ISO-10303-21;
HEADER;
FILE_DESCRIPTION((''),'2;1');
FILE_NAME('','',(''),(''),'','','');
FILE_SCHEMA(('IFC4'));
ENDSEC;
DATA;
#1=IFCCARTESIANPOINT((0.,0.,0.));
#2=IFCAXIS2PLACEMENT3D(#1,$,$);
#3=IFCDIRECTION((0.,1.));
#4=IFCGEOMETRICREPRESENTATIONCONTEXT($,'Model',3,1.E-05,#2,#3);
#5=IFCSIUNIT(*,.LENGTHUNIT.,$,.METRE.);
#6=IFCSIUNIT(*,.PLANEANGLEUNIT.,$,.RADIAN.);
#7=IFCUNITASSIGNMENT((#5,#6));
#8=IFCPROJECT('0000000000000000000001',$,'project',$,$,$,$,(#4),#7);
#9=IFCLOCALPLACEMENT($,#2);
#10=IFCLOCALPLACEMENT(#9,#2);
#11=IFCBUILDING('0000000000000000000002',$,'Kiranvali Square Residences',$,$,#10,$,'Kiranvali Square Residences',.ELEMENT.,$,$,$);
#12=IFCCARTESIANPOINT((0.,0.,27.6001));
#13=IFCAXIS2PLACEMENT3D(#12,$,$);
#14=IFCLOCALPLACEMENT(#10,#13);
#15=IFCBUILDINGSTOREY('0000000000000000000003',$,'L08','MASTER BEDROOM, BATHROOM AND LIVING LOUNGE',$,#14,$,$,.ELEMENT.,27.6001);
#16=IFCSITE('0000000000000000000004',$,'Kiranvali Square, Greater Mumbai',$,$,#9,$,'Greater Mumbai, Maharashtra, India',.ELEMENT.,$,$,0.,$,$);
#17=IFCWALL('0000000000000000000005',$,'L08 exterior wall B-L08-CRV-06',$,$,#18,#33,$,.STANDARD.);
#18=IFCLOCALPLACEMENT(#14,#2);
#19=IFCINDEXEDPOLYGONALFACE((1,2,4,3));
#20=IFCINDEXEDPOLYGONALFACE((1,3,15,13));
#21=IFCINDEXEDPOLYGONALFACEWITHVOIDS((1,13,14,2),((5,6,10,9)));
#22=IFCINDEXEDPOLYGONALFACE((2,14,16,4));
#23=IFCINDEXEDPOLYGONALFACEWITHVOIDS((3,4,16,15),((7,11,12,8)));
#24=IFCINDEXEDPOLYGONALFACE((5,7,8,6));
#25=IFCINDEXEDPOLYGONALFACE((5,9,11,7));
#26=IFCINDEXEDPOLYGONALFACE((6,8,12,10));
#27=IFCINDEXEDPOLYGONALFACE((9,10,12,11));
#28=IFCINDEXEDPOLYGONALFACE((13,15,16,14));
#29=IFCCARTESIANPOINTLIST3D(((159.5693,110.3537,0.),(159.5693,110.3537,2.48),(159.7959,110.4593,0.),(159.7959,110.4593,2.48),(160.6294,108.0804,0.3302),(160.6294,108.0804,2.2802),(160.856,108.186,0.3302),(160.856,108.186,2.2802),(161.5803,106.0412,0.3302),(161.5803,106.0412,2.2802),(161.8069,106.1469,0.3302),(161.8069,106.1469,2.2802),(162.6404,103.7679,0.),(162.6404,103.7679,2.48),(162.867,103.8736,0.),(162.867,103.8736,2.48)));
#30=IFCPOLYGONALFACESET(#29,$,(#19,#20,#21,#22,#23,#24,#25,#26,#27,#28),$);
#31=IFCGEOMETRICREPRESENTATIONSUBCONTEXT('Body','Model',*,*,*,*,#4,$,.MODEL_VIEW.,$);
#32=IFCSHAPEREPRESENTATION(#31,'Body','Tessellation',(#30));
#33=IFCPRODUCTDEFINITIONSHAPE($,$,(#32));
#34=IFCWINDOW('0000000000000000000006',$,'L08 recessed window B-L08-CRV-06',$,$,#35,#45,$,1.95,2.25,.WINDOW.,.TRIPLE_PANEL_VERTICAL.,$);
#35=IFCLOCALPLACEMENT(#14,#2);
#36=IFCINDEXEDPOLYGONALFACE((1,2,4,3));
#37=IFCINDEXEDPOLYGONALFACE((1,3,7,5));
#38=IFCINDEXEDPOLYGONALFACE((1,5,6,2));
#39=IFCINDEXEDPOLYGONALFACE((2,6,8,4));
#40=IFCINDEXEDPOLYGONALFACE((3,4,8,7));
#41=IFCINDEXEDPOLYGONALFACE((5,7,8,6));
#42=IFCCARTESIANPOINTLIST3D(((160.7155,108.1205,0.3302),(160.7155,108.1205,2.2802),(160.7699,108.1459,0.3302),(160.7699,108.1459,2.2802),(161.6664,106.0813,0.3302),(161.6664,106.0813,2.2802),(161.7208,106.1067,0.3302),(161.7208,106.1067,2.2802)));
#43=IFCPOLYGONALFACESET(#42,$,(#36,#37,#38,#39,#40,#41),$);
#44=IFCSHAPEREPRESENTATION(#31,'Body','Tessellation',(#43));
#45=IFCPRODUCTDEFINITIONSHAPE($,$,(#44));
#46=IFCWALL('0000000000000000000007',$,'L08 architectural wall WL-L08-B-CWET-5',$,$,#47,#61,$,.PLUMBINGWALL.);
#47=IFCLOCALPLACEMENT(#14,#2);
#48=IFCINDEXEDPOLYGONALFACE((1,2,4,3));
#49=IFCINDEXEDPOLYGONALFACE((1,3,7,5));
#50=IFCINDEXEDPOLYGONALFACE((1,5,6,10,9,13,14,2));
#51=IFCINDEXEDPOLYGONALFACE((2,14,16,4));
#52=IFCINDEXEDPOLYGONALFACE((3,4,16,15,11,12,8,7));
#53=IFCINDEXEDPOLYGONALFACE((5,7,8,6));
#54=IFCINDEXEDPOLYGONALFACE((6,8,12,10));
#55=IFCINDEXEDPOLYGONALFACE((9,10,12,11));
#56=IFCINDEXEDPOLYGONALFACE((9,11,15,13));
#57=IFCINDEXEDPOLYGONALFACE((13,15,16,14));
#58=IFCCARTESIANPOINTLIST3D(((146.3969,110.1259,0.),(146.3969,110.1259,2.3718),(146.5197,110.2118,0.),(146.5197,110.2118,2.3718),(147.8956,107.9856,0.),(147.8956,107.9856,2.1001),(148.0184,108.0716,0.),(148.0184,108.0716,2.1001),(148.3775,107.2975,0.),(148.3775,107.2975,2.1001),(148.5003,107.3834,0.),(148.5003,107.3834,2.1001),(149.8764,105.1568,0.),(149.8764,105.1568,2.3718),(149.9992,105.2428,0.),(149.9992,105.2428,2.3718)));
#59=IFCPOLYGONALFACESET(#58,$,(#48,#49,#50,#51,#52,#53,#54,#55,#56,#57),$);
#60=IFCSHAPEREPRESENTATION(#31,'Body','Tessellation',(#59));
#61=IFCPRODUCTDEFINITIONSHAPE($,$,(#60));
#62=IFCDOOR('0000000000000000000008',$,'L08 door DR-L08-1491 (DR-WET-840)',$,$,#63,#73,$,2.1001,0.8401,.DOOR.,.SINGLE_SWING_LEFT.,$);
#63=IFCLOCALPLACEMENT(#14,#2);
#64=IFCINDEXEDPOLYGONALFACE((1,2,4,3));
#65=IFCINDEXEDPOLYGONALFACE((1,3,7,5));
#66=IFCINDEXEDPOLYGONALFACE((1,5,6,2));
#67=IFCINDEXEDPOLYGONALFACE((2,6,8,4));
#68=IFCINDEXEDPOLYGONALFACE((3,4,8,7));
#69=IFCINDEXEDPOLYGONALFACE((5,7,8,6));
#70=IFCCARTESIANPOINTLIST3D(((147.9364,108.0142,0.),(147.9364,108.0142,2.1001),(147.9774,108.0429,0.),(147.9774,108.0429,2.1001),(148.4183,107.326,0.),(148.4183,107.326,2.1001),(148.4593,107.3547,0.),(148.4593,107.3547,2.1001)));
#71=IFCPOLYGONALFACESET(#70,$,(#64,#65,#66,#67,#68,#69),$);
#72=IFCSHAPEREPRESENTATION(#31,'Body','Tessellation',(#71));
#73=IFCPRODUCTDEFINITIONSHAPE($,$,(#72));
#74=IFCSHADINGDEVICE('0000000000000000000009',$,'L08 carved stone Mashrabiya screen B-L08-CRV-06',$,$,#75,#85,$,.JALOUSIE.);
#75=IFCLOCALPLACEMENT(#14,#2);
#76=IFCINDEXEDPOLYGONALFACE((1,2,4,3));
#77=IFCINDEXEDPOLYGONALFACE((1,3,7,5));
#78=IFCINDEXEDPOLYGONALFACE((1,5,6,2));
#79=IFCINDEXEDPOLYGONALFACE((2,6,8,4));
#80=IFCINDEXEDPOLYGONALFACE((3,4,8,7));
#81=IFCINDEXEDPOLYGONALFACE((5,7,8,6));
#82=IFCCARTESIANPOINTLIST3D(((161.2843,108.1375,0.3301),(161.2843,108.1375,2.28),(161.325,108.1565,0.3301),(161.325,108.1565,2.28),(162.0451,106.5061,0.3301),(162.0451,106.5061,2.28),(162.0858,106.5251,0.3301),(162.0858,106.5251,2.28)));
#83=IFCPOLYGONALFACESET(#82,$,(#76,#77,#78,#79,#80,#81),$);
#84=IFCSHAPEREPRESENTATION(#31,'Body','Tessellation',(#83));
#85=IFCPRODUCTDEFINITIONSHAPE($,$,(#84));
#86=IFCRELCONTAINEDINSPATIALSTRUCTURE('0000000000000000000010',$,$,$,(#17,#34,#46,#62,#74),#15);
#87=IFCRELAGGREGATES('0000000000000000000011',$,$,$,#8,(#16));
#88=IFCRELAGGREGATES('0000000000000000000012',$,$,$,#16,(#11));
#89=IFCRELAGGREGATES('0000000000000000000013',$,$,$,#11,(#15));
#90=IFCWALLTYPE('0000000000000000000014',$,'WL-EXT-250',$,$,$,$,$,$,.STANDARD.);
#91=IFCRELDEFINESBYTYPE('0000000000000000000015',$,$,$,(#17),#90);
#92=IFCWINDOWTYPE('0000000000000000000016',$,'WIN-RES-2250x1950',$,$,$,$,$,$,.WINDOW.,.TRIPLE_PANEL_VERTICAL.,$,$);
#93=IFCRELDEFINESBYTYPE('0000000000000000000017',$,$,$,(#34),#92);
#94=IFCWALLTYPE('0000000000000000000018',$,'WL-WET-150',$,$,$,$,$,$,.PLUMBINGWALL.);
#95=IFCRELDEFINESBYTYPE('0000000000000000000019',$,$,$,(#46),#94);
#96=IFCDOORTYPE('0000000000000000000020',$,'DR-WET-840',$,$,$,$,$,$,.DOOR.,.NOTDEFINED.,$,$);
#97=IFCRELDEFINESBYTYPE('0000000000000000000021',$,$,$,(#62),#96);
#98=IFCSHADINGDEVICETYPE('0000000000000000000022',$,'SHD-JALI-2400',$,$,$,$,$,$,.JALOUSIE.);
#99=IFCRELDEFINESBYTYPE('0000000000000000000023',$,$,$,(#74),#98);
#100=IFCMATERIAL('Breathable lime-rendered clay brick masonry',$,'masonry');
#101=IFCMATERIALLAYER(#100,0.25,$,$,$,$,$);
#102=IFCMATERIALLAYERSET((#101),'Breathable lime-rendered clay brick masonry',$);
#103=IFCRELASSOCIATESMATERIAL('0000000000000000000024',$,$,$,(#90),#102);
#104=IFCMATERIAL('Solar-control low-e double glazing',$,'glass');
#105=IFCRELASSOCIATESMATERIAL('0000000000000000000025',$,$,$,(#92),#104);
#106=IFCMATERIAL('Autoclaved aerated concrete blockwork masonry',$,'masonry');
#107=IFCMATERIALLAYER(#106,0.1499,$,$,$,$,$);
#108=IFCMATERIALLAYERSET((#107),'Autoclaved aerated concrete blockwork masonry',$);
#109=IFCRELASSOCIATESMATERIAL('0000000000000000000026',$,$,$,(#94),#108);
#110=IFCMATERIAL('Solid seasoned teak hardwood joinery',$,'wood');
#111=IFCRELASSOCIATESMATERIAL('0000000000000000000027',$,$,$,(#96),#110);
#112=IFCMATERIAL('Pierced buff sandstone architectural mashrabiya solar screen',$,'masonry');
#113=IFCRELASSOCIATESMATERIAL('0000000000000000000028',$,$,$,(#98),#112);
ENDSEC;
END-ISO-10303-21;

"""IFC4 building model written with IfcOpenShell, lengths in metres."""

from ifc_helpers import new_model, si_unit, direction, frame, frame_2d, origin, origin_2d, place, context, subcontext, project, spatial, rectangle, extrude, material, layer, layer_set, type_object, element, fill, save


model = new_model("IFC4")

# Units and contexts
model_context = context("Model", 3, precision=1e-05, world=origin(), true_north=direction((0.0, 1.0)))
body_context = subcontext(model_context, "Body", "Model", "MODEL_VIEW")
ifc_project = project(units=[si_unit("LENGTHUNIT", "METRE"), si_unit("PLANEANGLEUNIT", "RADIAN")], contexts=[model_context])

# Site, building, storey
site_placement = place(None, origin())
site = spatial("IfcSite", under=ifc_project, at=site_placement, Name="Kiranvali Square, Greater Mumbai", LongName="Greater Mumbai, Maharashtra, India", CompositionType="ELEMENT", RefElevation=0.0)
building_placement = place(site_placement, origin())
building = spatial("IfcBuilding", under=site, at=building_placement, Name="Kiranvali Square Residences", LongName="Kiranvali Square Residences", CompositionType="ELEMENT")
storey_placement = place(building_placement, frame((0.0, 0.0, 27.6001)))
storey = spatial("IfcBuildingStorey", under=building, at=storey_placement, Name="L08", Description="MASTER BEDROOM, BATHROOM AND LIVING LOUNGE", CompositionType="ELEMENT", Elevation=27.6001)

# Wall, opening, window
ifc_material_1 = material(Name="Breathable lime-rendered clay brick masonry", Category="masonry")
ifc_layer_1 = layer(ifc_material_1, 0.25)
ifc_layer_set_1 = layer_set([ifc_layer_1], Name="Breathable lime-rendered clay brick masonry")
wall_type_1 = type_object("IfcWallType", Name="WL-EXT-250", PredefinedType="STANDARD", material=ifc_layer_set_1)
wall_1_placement = place(storey_placement, frame((159.6826, 110.4065, 0.0), z_axis=(0.0, 0.0, 1.0), x_axis=(0.422628, -0.906303, 0.0)))
wall_1 = element("IfcWall", 1, at=wall_1_placement, inside=storey, type_object=wall_type_1, Name="L08 exterior wall B-L08-CRV-06", PredefinedType="STANDARD", context=body_context, shape_type="SweptSolid", body=[
    extrude(rectangle(XDim=7.2666, YDim=0.25, at=frame_2d((3.6333, 0.0))), origin(), (0.0, 0.0, 1.0), 2.48),
])
opening_1_placement = place(wall_1_placement, frame((2.5083, 0.0, 0.3301)))
opening_1 = element("IfcOpeningElement", 2, at=opening_1_placement, cuts=wall_1, PredefinedType="OPENING", context=body_context, shape_type="SweptSolid", body=[
    extrude(rectangle(XDim=2.25, YDim=1.95, at=frame_2d((1.125, 0.9751))), frame((0.0, 0.135, 0.0), z_axis=(0.0, -1.0, 0.0), x_axis=(1.0, 0.0, 0.0)), (0.0, 0.0, 1.0), 0.27),
])
ifc_material_2 = material(Name="Solar-control low-e double glazing", Category="glass")
window_type = type_object("IfcWindowType", Name="WIN-RES-2250x1950", PartitioningType="TRIPLE_PANEL_VERTICAL", PredefinedType="WINDOW", material=ifc_material_2)
window_placement = place(opening_1_placement, origin())
window = element("IfcWindow", 3, at=window_placement, inside=storey, type_object=window_type, Name="L08 recessed window B-L08-CRV-06", OverallHeight=1.95, OverallWidth=2.25, PartitioningType="TRIPLE_PANEL_VERTICAL", PredefinedType="WINDOW", context=body_context, shape_type="SweptSolid", body=[
    extrude(rectangle(XDim=2.25, YDim=1.95, at=frame_2d((1.125, 0.9751))), frame((0.0, 0.03, 0.0), z_axis=(0.0, -1.0, 0.0), x_axis=(1.0, 0.0, 0.0)), (0.0, 0.0, 1.0), 0.0601),
])
fill(opening_1, window)

# Wall, opening, door
ifc_material_3 = material(Name="Autoclaved aerated concrete blockwork masonry", Category="masonry")
ifc_layer_2 = layer(ifc_material_3, 0.1499)
ifc_layer_set_2 = layer_set([ifc_layer_2], Name="Autoclaved aerated concrete blockwork masonry")
wall_type_2 = type_object("IfcWallType", Name="WL-WET-150", PredefinedType="PLUMBINGWALL", material=ifc_layer_set_2)
wall_2_placement = place(storey_placement, frame((146.4583, 110.1689, 0.0), z_axis=(0.0, 0.0, 1.0), x_axis=(0.573595, -0.819139, 0.0)))
wall_2 = element("IfcWall", 4, at=wall_2_placement, inside=storey, type_object=wall_type_2, Name="L08 architectural wall WL-L08-B-CWET-5", PredefinedType="PLUMBINGWALL", context=body_context, shape_type="SweptSolid", body=[
    extrude(rectangle(XDim=6.0662, YDim=0.1499, at=frame_2d((3.0332, 0.0))), origin(), (0.0, 0.0, 1.0), 2.3718),
])
opening_2_placement = place(wall_2_placement, frame((2.613, 0.0, 0.0)))
opening_2 = element("IfcOpeningElement", 5, at=opening_2_placement, cuts=wall_2, PredefinedType="OPENING", context=body_context, shape_type="SweptSolid", body=[
    extrude(rectangle(XDim=0.8401, YDim=2.1001, at=frame_2d((0.4199, 1.05))), frame((0.0, 0.085, 0.0), z_axis=(0.0, -1.0, 0.0), x_axis=(1.0, 0.0, 0.0)), (0.0, 0.0, 1.0), 0.1699),
])
ifc_material_4 = material(Name="Solid seasoned teak hardwood joinery", Category="wood")
door_type = type_object("IfcDoorType", Name="DR-WET-840", OperationType="NOTDEFINED", PredefinedType="DOOR", material=ifc_material_4)
door_placement = place(opening_2_placement, origin())
door = element("IfcDoor", 6, at=door_placement, inside=storey, type_object=door_type, Name="L08 door DR-L08-1491 (DR-WET-840)", OperationType="SINGLE_SWING_LEFT", OverallHeight=2.1001, OverallWidth=0.8401, PredefinedType="DOOR", context=body_context, shape_type="SweptSolid", body=[
    extrude(rectangle(XDim=0.8401, YDim=2.1001, at=frame_2d((0.4199, 1.05))), frame((0.0, 0.0249, 0.0), z_axis=(0.0, -1.0, 0.0), x_axis=(1.0, 0.0, 0.0)), (0.0, 0.0, 1.0), 0.05),
])
fill(opening_2, door)

# Shading device
ifc_material_5 = material(Name="Pierced buff sandstone architectural mashrabiya solar screen", Category="masonry")
shading_device_type = type_object("IfcShadingDeviceType", Name="SHD-JALI-2400", PredefinedType="JALOUSIE", material=ifc_material_5)
shading_device_placement = place(storey_placement, frame((161.6851, 107.3313, 0.3301), z_axis=(0.0, 0.0, 1.0), x_axis=(0.422618, -0.906308, 0.0)))
element("IfcShadingDevice", 7, at=shading_device_placement, inside=storey, type_object=shading_device_type, Name="L08 carved stone Mashrabiya screen B-L08-CRV-06", PredefinedType="JALOUSIE", context=body_context, shape_type="SweptSolid", body=[
    extrude(rectangle(XDim=1.8, YDim=0.0449, at=origin_2d()), origin(), (0.0, 0.0, 1.0), 1.95),
])

save(model, "model.ifc")
